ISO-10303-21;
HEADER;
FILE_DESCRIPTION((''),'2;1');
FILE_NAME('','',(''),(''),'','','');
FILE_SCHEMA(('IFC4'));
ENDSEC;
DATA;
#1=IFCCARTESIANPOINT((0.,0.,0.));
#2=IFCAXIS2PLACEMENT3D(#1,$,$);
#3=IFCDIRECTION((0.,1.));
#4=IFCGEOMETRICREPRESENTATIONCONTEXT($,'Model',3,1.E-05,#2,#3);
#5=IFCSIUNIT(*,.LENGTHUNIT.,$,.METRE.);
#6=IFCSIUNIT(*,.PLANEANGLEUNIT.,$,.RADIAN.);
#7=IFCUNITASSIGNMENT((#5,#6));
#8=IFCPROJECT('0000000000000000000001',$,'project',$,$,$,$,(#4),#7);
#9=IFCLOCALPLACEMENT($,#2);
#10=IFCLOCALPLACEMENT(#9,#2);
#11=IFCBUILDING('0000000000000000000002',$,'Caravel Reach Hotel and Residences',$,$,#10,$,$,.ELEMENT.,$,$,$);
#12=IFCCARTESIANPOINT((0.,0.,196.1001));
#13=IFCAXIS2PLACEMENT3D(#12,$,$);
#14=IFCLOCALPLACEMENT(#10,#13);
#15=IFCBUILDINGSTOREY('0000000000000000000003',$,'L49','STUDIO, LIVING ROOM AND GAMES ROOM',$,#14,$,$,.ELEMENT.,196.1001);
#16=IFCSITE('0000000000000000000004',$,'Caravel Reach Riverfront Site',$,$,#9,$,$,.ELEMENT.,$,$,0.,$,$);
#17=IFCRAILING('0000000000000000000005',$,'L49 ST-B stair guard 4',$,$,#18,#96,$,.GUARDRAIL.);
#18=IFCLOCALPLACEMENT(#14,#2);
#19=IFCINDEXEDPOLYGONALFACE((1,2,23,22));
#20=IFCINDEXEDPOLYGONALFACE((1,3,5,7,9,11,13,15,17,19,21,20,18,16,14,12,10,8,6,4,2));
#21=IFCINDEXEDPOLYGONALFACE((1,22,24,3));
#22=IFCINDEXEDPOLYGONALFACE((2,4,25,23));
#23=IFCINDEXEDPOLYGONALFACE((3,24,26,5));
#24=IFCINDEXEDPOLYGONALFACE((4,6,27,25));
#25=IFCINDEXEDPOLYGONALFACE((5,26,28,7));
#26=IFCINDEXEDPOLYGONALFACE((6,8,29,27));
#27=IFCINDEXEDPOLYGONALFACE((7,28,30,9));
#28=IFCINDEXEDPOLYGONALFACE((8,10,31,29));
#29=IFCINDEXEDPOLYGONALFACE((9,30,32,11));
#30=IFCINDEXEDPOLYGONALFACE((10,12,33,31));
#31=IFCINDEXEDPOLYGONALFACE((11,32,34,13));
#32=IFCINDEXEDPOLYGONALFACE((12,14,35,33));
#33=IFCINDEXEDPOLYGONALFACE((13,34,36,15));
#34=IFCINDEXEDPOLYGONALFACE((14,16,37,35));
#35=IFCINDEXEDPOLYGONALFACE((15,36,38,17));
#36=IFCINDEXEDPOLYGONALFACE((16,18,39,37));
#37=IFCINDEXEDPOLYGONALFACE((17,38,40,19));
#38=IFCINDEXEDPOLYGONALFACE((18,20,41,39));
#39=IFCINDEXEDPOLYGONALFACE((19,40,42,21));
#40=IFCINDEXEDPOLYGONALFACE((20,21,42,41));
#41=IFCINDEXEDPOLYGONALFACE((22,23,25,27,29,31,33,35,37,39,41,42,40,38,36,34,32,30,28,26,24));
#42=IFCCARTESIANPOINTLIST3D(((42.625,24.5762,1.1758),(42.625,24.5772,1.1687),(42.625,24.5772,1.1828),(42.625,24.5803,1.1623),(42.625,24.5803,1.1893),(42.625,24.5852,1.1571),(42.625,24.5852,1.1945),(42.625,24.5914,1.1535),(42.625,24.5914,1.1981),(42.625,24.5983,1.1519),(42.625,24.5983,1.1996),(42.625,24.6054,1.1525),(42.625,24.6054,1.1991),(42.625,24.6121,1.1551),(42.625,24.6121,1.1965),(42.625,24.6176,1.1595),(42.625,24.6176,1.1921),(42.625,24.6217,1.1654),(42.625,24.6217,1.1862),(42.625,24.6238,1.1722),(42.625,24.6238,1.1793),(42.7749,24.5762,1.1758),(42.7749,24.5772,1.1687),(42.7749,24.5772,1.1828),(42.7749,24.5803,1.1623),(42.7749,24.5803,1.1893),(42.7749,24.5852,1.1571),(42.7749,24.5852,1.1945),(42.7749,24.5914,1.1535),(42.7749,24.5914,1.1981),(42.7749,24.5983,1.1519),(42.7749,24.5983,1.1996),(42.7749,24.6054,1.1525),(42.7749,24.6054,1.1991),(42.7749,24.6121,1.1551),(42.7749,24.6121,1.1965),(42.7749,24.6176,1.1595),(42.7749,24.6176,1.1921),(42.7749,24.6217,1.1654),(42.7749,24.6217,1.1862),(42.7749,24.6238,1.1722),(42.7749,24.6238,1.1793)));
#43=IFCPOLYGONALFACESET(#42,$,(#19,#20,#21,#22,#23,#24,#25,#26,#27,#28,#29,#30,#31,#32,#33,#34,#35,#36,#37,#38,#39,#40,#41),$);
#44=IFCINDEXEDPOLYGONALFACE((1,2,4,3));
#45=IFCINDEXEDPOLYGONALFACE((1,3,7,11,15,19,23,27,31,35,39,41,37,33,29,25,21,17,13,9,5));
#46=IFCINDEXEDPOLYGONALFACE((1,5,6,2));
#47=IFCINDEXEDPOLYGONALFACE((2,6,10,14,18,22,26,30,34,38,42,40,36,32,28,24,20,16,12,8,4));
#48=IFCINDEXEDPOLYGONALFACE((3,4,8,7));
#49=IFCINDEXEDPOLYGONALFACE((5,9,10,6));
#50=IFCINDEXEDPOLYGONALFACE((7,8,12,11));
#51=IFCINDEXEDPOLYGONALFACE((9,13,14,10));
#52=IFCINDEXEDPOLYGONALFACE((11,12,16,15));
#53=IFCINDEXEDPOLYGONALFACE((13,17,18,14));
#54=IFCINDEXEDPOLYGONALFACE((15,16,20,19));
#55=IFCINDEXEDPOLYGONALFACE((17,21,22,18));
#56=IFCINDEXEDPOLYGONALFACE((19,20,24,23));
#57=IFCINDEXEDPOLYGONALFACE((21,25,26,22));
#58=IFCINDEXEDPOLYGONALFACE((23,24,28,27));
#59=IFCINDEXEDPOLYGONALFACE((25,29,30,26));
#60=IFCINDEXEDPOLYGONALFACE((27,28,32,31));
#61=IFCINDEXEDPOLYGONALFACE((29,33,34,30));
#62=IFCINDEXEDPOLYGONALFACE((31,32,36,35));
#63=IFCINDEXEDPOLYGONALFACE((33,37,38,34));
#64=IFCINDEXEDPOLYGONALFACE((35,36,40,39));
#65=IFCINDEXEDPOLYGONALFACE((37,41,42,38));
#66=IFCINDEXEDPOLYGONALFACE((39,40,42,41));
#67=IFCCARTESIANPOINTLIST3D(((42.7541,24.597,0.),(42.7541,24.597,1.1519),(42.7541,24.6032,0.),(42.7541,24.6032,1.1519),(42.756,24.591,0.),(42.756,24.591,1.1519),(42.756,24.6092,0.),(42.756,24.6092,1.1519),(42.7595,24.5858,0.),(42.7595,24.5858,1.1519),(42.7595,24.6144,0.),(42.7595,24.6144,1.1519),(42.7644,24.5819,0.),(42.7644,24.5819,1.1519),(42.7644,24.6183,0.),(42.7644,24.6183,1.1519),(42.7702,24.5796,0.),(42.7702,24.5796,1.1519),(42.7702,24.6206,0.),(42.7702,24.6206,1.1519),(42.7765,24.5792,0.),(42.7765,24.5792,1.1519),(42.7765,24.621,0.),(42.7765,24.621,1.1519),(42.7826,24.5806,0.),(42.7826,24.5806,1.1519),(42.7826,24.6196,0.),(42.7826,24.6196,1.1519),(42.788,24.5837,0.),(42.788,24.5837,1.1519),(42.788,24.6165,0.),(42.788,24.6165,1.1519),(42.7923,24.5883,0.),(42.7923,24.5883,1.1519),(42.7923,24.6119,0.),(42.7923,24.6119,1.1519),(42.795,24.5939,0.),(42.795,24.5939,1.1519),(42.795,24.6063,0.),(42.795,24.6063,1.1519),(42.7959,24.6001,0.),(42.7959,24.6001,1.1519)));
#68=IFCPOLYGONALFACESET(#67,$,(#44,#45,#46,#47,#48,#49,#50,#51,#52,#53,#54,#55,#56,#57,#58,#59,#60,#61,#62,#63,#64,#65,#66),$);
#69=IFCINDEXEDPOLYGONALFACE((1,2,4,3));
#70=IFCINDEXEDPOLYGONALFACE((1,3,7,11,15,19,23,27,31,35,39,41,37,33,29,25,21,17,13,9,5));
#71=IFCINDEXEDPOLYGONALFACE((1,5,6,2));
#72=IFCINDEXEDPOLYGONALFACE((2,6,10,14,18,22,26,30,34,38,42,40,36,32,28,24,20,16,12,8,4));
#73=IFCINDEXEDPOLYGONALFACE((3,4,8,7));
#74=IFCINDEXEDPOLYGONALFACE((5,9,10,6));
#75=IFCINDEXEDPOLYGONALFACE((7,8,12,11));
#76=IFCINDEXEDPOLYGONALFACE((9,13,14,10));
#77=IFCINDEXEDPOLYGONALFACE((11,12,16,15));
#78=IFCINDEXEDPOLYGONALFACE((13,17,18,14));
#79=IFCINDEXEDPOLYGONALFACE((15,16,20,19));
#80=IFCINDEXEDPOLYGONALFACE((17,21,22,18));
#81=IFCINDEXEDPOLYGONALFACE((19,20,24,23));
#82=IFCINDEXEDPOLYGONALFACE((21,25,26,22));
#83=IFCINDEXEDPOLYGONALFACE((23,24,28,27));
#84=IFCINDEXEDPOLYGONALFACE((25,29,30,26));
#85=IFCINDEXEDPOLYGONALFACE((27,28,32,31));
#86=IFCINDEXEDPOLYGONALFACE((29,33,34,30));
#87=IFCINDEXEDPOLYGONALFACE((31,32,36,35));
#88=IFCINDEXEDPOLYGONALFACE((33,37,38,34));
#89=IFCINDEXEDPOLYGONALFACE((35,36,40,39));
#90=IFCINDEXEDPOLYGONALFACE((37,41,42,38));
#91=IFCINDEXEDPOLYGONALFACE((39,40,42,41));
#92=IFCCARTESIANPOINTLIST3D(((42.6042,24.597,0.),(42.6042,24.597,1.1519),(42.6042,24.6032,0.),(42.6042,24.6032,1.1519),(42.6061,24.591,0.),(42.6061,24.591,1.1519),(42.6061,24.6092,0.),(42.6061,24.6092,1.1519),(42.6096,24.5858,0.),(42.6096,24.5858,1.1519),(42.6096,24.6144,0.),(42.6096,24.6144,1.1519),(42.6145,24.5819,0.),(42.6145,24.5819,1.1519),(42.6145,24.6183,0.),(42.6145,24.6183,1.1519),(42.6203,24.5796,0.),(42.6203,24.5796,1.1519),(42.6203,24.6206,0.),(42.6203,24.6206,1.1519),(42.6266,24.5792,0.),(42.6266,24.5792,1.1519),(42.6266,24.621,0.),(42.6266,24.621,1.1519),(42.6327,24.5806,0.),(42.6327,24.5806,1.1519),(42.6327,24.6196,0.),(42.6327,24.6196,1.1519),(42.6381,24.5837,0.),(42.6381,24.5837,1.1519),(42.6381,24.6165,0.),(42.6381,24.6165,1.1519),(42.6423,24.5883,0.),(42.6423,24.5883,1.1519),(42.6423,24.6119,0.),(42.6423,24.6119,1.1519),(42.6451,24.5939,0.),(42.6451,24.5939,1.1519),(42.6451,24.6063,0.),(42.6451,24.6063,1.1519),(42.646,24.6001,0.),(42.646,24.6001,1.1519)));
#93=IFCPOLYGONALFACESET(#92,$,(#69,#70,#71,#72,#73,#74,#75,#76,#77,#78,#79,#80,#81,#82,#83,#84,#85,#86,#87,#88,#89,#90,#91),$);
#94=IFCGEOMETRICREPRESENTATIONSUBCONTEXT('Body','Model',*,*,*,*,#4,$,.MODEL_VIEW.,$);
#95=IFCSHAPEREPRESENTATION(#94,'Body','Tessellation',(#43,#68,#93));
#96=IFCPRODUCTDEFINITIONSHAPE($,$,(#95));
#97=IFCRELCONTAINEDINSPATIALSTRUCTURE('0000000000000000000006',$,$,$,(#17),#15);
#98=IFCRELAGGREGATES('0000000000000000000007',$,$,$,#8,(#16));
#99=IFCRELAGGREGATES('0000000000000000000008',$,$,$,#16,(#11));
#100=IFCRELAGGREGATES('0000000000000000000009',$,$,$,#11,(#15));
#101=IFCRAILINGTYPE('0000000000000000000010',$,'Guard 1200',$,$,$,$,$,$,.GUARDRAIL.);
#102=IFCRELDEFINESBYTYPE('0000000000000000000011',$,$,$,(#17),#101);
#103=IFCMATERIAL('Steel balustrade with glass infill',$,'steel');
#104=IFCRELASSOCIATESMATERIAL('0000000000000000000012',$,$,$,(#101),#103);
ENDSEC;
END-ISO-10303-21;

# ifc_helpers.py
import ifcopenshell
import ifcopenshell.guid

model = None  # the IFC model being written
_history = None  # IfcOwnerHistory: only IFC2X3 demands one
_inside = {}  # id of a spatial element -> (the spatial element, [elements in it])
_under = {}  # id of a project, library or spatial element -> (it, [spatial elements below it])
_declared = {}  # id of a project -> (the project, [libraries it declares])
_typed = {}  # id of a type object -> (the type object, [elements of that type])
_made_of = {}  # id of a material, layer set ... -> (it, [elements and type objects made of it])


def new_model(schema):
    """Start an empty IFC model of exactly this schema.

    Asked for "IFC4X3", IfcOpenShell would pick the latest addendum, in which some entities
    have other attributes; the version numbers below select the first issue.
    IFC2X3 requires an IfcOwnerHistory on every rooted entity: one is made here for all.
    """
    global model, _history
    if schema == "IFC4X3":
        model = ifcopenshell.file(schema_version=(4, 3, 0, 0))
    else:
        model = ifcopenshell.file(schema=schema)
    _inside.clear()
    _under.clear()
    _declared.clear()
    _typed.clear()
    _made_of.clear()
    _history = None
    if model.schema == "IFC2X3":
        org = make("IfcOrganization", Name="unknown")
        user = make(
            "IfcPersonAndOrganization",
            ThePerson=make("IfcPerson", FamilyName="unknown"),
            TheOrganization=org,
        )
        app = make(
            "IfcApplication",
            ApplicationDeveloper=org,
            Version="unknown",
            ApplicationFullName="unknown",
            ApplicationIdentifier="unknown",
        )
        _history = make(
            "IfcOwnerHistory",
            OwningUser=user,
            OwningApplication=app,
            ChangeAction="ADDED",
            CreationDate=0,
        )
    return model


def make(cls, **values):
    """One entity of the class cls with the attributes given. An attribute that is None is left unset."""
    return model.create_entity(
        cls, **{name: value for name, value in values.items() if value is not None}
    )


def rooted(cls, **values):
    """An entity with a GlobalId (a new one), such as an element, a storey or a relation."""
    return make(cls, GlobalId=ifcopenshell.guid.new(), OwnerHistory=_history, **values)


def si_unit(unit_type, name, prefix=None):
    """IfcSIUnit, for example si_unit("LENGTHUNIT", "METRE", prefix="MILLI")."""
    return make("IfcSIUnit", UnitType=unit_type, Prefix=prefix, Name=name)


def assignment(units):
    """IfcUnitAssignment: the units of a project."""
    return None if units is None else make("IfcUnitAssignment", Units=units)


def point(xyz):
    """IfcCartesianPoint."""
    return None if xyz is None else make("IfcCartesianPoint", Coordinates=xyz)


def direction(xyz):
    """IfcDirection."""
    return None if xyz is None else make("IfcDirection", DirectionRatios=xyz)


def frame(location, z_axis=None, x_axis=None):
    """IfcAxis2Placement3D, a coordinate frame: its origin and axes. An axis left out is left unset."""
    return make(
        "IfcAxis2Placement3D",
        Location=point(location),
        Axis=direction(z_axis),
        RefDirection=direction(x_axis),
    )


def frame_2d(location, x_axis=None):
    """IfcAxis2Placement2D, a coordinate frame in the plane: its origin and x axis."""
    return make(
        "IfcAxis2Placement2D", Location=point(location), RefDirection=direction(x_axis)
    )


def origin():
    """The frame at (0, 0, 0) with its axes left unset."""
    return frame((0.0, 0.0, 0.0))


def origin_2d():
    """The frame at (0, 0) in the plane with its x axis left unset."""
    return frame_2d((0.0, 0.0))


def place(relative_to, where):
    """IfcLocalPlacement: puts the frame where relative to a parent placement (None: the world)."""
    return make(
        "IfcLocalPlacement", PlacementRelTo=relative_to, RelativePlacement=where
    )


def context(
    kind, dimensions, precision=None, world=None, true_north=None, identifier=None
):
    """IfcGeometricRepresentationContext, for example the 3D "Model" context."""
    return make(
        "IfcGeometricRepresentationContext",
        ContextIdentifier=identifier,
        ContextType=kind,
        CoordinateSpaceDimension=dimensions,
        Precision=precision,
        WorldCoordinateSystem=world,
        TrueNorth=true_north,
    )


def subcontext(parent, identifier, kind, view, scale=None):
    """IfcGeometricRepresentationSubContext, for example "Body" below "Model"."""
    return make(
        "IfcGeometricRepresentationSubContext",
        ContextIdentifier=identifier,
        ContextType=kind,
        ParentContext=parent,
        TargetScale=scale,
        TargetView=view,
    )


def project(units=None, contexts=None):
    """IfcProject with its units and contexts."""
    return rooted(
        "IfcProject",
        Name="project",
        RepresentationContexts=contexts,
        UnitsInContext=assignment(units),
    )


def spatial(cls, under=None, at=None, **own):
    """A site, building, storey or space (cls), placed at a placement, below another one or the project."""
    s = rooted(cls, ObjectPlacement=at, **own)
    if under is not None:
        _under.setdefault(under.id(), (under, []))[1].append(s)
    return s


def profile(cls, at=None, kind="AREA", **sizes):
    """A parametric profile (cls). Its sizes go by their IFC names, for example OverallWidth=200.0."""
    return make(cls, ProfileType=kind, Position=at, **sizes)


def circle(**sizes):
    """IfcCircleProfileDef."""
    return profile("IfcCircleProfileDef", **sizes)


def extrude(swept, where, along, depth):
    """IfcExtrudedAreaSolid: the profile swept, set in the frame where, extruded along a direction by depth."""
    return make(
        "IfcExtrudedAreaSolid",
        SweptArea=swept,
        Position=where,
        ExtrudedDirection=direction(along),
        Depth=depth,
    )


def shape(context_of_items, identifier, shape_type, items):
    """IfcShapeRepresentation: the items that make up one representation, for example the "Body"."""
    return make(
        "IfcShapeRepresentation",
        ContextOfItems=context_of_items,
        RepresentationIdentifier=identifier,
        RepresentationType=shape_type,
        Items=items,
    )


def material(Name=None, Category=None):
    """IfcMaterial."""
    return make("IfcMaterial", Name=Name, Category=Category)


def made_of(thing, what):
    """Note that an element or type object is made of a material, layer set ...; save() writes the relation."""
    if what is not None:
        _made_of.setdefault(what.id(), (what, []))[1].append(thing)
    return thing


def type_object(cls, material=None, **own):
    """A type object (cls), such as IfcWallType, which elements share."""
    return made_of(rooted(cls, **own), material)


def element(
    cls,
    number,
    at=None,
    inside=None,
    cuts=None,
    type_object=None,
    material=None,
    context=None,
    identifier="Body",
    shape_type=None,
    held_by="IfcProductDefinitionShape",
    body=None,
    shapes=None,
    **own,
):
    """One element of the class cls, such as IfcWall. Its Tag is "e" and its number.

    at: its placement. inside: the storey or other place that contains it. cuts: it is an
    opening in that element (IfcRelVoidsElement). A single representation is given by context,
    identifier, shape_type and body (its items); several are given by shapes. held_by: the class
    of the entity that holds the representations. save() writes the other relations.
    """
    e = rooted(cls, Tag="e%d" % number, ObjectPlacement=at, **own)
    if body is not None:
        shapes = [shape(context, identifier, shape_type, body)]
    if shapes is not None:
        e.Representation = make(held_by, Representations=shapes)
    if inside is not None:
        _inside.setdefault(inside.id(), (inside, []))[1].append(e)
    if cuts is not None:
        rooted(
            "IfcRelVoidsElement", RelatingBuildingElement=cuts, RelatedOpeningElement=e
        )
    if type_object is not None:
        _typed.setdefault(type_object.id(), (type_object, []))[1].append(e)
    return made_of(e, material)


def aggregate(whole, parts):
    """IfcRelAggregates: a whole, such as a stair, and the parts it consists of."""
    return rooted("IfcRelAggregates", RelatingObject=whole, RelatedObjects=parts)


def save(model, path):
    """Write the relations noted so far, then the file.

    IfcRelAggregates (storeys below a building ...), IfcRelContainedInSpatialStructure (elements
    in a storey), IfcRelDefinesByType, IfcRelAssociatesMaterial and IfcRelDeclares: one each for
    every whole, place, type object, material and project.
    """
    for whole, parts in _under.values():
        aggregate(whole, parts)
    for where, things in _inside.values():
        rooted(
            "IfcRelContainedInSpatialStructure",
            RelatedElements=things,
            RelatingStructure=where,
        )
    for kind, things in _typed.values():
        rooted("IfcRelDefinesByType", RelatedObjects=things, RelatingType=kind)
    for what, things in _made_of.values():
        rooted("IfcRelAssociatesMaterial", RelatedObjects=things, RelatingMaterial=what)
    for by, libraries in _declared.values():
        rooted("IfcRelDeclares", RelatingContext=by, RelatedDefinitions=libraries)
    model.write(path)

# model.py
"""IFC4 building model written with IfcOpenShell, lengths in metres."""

from ifc_helpers import new_model, si_unit, direction, frame, origin, origin_2d, place, context, subcontext, project, spatial, circle, extrude, material, type_object, element, save


model = new_model("IFC4")

# Units and contexts
model_context = context("Model", 3, precision=1e-05, world=origin(), true_north=direction((0.0, 1.0)))
body_context = subcontext(model_context, "Body", "Model", "MODEL_VIEW")
ifc_project = project(units=[si_unit("LENGTHUNIT", "METRE"), si_unit("PLANEANGLEUNIT", "RADIAN")], contexts=[model_context])

# Site, building, storey
site_placement = place(None, origin())
site = spatial("IfcSite", under=ifc_project, at=site_placement, Name="Caravel Reach Riverfront Site", CompositionType="ELEMENT", RefElevation=0.0)
building_placement = place(site_placement, origin())
building = spatial("IfcBuilding", under=site, at=building_placement, Name="Caravel Reach Hotel and Residences", CompositionType="ELEMENT")
storey_placement = place(building_placement, frame((0.0, 0.0, 196.1001)))
storey = spatial("IfcBuildingStorey", under=building, at=storey_placement, Name="L49", Description="STUDIO, LIVING ROOM AND GAMES ROOM", CompositionType="ELEMENT", Elevation=196.1001)

# Railing
ifc_material_1 = material(Name="Steel balustrade with glass infill", Category="steel")
railing_type_1 = type_object("IfcRailingType", Name="Guard 1200", PredefinedType="GUARDRAIL", material=ifc_material_1)
railing_1_placement = place(storey_placement, frame((42.7749, 24.6001, 0.0)))
element("IfcRailing", 1, at=railing_1_placement, inside=storey, type_object=railing_type_1, Name="L49 ST-B stair guard 4", PredefinedType="GUARDRAIL", context=body_context, shape_type="SweptSolid", body=[
    extrude(circle(Radius=0.0239, at=origin_2d()), frame((0.0, 0.0, 1.1758), z_axis=(-1.0, 0.0, 0.0), x_axis=(0.0, -1.0, 0.0)), (0.0, 0.0, 1.0), 0.1499),
    extrude(circle(Radius=0.021, at=origin_2d()), origin(), (0.0, 0.0, 1.0), 1.1519),
    extrude(circle(Radius=0.021, at=origin_2d()), frame((-0.1499, 0.0, 0.0)), (0.0, 0.0, 1.0), 1.1519),
])

save(model, "model.ifc")
